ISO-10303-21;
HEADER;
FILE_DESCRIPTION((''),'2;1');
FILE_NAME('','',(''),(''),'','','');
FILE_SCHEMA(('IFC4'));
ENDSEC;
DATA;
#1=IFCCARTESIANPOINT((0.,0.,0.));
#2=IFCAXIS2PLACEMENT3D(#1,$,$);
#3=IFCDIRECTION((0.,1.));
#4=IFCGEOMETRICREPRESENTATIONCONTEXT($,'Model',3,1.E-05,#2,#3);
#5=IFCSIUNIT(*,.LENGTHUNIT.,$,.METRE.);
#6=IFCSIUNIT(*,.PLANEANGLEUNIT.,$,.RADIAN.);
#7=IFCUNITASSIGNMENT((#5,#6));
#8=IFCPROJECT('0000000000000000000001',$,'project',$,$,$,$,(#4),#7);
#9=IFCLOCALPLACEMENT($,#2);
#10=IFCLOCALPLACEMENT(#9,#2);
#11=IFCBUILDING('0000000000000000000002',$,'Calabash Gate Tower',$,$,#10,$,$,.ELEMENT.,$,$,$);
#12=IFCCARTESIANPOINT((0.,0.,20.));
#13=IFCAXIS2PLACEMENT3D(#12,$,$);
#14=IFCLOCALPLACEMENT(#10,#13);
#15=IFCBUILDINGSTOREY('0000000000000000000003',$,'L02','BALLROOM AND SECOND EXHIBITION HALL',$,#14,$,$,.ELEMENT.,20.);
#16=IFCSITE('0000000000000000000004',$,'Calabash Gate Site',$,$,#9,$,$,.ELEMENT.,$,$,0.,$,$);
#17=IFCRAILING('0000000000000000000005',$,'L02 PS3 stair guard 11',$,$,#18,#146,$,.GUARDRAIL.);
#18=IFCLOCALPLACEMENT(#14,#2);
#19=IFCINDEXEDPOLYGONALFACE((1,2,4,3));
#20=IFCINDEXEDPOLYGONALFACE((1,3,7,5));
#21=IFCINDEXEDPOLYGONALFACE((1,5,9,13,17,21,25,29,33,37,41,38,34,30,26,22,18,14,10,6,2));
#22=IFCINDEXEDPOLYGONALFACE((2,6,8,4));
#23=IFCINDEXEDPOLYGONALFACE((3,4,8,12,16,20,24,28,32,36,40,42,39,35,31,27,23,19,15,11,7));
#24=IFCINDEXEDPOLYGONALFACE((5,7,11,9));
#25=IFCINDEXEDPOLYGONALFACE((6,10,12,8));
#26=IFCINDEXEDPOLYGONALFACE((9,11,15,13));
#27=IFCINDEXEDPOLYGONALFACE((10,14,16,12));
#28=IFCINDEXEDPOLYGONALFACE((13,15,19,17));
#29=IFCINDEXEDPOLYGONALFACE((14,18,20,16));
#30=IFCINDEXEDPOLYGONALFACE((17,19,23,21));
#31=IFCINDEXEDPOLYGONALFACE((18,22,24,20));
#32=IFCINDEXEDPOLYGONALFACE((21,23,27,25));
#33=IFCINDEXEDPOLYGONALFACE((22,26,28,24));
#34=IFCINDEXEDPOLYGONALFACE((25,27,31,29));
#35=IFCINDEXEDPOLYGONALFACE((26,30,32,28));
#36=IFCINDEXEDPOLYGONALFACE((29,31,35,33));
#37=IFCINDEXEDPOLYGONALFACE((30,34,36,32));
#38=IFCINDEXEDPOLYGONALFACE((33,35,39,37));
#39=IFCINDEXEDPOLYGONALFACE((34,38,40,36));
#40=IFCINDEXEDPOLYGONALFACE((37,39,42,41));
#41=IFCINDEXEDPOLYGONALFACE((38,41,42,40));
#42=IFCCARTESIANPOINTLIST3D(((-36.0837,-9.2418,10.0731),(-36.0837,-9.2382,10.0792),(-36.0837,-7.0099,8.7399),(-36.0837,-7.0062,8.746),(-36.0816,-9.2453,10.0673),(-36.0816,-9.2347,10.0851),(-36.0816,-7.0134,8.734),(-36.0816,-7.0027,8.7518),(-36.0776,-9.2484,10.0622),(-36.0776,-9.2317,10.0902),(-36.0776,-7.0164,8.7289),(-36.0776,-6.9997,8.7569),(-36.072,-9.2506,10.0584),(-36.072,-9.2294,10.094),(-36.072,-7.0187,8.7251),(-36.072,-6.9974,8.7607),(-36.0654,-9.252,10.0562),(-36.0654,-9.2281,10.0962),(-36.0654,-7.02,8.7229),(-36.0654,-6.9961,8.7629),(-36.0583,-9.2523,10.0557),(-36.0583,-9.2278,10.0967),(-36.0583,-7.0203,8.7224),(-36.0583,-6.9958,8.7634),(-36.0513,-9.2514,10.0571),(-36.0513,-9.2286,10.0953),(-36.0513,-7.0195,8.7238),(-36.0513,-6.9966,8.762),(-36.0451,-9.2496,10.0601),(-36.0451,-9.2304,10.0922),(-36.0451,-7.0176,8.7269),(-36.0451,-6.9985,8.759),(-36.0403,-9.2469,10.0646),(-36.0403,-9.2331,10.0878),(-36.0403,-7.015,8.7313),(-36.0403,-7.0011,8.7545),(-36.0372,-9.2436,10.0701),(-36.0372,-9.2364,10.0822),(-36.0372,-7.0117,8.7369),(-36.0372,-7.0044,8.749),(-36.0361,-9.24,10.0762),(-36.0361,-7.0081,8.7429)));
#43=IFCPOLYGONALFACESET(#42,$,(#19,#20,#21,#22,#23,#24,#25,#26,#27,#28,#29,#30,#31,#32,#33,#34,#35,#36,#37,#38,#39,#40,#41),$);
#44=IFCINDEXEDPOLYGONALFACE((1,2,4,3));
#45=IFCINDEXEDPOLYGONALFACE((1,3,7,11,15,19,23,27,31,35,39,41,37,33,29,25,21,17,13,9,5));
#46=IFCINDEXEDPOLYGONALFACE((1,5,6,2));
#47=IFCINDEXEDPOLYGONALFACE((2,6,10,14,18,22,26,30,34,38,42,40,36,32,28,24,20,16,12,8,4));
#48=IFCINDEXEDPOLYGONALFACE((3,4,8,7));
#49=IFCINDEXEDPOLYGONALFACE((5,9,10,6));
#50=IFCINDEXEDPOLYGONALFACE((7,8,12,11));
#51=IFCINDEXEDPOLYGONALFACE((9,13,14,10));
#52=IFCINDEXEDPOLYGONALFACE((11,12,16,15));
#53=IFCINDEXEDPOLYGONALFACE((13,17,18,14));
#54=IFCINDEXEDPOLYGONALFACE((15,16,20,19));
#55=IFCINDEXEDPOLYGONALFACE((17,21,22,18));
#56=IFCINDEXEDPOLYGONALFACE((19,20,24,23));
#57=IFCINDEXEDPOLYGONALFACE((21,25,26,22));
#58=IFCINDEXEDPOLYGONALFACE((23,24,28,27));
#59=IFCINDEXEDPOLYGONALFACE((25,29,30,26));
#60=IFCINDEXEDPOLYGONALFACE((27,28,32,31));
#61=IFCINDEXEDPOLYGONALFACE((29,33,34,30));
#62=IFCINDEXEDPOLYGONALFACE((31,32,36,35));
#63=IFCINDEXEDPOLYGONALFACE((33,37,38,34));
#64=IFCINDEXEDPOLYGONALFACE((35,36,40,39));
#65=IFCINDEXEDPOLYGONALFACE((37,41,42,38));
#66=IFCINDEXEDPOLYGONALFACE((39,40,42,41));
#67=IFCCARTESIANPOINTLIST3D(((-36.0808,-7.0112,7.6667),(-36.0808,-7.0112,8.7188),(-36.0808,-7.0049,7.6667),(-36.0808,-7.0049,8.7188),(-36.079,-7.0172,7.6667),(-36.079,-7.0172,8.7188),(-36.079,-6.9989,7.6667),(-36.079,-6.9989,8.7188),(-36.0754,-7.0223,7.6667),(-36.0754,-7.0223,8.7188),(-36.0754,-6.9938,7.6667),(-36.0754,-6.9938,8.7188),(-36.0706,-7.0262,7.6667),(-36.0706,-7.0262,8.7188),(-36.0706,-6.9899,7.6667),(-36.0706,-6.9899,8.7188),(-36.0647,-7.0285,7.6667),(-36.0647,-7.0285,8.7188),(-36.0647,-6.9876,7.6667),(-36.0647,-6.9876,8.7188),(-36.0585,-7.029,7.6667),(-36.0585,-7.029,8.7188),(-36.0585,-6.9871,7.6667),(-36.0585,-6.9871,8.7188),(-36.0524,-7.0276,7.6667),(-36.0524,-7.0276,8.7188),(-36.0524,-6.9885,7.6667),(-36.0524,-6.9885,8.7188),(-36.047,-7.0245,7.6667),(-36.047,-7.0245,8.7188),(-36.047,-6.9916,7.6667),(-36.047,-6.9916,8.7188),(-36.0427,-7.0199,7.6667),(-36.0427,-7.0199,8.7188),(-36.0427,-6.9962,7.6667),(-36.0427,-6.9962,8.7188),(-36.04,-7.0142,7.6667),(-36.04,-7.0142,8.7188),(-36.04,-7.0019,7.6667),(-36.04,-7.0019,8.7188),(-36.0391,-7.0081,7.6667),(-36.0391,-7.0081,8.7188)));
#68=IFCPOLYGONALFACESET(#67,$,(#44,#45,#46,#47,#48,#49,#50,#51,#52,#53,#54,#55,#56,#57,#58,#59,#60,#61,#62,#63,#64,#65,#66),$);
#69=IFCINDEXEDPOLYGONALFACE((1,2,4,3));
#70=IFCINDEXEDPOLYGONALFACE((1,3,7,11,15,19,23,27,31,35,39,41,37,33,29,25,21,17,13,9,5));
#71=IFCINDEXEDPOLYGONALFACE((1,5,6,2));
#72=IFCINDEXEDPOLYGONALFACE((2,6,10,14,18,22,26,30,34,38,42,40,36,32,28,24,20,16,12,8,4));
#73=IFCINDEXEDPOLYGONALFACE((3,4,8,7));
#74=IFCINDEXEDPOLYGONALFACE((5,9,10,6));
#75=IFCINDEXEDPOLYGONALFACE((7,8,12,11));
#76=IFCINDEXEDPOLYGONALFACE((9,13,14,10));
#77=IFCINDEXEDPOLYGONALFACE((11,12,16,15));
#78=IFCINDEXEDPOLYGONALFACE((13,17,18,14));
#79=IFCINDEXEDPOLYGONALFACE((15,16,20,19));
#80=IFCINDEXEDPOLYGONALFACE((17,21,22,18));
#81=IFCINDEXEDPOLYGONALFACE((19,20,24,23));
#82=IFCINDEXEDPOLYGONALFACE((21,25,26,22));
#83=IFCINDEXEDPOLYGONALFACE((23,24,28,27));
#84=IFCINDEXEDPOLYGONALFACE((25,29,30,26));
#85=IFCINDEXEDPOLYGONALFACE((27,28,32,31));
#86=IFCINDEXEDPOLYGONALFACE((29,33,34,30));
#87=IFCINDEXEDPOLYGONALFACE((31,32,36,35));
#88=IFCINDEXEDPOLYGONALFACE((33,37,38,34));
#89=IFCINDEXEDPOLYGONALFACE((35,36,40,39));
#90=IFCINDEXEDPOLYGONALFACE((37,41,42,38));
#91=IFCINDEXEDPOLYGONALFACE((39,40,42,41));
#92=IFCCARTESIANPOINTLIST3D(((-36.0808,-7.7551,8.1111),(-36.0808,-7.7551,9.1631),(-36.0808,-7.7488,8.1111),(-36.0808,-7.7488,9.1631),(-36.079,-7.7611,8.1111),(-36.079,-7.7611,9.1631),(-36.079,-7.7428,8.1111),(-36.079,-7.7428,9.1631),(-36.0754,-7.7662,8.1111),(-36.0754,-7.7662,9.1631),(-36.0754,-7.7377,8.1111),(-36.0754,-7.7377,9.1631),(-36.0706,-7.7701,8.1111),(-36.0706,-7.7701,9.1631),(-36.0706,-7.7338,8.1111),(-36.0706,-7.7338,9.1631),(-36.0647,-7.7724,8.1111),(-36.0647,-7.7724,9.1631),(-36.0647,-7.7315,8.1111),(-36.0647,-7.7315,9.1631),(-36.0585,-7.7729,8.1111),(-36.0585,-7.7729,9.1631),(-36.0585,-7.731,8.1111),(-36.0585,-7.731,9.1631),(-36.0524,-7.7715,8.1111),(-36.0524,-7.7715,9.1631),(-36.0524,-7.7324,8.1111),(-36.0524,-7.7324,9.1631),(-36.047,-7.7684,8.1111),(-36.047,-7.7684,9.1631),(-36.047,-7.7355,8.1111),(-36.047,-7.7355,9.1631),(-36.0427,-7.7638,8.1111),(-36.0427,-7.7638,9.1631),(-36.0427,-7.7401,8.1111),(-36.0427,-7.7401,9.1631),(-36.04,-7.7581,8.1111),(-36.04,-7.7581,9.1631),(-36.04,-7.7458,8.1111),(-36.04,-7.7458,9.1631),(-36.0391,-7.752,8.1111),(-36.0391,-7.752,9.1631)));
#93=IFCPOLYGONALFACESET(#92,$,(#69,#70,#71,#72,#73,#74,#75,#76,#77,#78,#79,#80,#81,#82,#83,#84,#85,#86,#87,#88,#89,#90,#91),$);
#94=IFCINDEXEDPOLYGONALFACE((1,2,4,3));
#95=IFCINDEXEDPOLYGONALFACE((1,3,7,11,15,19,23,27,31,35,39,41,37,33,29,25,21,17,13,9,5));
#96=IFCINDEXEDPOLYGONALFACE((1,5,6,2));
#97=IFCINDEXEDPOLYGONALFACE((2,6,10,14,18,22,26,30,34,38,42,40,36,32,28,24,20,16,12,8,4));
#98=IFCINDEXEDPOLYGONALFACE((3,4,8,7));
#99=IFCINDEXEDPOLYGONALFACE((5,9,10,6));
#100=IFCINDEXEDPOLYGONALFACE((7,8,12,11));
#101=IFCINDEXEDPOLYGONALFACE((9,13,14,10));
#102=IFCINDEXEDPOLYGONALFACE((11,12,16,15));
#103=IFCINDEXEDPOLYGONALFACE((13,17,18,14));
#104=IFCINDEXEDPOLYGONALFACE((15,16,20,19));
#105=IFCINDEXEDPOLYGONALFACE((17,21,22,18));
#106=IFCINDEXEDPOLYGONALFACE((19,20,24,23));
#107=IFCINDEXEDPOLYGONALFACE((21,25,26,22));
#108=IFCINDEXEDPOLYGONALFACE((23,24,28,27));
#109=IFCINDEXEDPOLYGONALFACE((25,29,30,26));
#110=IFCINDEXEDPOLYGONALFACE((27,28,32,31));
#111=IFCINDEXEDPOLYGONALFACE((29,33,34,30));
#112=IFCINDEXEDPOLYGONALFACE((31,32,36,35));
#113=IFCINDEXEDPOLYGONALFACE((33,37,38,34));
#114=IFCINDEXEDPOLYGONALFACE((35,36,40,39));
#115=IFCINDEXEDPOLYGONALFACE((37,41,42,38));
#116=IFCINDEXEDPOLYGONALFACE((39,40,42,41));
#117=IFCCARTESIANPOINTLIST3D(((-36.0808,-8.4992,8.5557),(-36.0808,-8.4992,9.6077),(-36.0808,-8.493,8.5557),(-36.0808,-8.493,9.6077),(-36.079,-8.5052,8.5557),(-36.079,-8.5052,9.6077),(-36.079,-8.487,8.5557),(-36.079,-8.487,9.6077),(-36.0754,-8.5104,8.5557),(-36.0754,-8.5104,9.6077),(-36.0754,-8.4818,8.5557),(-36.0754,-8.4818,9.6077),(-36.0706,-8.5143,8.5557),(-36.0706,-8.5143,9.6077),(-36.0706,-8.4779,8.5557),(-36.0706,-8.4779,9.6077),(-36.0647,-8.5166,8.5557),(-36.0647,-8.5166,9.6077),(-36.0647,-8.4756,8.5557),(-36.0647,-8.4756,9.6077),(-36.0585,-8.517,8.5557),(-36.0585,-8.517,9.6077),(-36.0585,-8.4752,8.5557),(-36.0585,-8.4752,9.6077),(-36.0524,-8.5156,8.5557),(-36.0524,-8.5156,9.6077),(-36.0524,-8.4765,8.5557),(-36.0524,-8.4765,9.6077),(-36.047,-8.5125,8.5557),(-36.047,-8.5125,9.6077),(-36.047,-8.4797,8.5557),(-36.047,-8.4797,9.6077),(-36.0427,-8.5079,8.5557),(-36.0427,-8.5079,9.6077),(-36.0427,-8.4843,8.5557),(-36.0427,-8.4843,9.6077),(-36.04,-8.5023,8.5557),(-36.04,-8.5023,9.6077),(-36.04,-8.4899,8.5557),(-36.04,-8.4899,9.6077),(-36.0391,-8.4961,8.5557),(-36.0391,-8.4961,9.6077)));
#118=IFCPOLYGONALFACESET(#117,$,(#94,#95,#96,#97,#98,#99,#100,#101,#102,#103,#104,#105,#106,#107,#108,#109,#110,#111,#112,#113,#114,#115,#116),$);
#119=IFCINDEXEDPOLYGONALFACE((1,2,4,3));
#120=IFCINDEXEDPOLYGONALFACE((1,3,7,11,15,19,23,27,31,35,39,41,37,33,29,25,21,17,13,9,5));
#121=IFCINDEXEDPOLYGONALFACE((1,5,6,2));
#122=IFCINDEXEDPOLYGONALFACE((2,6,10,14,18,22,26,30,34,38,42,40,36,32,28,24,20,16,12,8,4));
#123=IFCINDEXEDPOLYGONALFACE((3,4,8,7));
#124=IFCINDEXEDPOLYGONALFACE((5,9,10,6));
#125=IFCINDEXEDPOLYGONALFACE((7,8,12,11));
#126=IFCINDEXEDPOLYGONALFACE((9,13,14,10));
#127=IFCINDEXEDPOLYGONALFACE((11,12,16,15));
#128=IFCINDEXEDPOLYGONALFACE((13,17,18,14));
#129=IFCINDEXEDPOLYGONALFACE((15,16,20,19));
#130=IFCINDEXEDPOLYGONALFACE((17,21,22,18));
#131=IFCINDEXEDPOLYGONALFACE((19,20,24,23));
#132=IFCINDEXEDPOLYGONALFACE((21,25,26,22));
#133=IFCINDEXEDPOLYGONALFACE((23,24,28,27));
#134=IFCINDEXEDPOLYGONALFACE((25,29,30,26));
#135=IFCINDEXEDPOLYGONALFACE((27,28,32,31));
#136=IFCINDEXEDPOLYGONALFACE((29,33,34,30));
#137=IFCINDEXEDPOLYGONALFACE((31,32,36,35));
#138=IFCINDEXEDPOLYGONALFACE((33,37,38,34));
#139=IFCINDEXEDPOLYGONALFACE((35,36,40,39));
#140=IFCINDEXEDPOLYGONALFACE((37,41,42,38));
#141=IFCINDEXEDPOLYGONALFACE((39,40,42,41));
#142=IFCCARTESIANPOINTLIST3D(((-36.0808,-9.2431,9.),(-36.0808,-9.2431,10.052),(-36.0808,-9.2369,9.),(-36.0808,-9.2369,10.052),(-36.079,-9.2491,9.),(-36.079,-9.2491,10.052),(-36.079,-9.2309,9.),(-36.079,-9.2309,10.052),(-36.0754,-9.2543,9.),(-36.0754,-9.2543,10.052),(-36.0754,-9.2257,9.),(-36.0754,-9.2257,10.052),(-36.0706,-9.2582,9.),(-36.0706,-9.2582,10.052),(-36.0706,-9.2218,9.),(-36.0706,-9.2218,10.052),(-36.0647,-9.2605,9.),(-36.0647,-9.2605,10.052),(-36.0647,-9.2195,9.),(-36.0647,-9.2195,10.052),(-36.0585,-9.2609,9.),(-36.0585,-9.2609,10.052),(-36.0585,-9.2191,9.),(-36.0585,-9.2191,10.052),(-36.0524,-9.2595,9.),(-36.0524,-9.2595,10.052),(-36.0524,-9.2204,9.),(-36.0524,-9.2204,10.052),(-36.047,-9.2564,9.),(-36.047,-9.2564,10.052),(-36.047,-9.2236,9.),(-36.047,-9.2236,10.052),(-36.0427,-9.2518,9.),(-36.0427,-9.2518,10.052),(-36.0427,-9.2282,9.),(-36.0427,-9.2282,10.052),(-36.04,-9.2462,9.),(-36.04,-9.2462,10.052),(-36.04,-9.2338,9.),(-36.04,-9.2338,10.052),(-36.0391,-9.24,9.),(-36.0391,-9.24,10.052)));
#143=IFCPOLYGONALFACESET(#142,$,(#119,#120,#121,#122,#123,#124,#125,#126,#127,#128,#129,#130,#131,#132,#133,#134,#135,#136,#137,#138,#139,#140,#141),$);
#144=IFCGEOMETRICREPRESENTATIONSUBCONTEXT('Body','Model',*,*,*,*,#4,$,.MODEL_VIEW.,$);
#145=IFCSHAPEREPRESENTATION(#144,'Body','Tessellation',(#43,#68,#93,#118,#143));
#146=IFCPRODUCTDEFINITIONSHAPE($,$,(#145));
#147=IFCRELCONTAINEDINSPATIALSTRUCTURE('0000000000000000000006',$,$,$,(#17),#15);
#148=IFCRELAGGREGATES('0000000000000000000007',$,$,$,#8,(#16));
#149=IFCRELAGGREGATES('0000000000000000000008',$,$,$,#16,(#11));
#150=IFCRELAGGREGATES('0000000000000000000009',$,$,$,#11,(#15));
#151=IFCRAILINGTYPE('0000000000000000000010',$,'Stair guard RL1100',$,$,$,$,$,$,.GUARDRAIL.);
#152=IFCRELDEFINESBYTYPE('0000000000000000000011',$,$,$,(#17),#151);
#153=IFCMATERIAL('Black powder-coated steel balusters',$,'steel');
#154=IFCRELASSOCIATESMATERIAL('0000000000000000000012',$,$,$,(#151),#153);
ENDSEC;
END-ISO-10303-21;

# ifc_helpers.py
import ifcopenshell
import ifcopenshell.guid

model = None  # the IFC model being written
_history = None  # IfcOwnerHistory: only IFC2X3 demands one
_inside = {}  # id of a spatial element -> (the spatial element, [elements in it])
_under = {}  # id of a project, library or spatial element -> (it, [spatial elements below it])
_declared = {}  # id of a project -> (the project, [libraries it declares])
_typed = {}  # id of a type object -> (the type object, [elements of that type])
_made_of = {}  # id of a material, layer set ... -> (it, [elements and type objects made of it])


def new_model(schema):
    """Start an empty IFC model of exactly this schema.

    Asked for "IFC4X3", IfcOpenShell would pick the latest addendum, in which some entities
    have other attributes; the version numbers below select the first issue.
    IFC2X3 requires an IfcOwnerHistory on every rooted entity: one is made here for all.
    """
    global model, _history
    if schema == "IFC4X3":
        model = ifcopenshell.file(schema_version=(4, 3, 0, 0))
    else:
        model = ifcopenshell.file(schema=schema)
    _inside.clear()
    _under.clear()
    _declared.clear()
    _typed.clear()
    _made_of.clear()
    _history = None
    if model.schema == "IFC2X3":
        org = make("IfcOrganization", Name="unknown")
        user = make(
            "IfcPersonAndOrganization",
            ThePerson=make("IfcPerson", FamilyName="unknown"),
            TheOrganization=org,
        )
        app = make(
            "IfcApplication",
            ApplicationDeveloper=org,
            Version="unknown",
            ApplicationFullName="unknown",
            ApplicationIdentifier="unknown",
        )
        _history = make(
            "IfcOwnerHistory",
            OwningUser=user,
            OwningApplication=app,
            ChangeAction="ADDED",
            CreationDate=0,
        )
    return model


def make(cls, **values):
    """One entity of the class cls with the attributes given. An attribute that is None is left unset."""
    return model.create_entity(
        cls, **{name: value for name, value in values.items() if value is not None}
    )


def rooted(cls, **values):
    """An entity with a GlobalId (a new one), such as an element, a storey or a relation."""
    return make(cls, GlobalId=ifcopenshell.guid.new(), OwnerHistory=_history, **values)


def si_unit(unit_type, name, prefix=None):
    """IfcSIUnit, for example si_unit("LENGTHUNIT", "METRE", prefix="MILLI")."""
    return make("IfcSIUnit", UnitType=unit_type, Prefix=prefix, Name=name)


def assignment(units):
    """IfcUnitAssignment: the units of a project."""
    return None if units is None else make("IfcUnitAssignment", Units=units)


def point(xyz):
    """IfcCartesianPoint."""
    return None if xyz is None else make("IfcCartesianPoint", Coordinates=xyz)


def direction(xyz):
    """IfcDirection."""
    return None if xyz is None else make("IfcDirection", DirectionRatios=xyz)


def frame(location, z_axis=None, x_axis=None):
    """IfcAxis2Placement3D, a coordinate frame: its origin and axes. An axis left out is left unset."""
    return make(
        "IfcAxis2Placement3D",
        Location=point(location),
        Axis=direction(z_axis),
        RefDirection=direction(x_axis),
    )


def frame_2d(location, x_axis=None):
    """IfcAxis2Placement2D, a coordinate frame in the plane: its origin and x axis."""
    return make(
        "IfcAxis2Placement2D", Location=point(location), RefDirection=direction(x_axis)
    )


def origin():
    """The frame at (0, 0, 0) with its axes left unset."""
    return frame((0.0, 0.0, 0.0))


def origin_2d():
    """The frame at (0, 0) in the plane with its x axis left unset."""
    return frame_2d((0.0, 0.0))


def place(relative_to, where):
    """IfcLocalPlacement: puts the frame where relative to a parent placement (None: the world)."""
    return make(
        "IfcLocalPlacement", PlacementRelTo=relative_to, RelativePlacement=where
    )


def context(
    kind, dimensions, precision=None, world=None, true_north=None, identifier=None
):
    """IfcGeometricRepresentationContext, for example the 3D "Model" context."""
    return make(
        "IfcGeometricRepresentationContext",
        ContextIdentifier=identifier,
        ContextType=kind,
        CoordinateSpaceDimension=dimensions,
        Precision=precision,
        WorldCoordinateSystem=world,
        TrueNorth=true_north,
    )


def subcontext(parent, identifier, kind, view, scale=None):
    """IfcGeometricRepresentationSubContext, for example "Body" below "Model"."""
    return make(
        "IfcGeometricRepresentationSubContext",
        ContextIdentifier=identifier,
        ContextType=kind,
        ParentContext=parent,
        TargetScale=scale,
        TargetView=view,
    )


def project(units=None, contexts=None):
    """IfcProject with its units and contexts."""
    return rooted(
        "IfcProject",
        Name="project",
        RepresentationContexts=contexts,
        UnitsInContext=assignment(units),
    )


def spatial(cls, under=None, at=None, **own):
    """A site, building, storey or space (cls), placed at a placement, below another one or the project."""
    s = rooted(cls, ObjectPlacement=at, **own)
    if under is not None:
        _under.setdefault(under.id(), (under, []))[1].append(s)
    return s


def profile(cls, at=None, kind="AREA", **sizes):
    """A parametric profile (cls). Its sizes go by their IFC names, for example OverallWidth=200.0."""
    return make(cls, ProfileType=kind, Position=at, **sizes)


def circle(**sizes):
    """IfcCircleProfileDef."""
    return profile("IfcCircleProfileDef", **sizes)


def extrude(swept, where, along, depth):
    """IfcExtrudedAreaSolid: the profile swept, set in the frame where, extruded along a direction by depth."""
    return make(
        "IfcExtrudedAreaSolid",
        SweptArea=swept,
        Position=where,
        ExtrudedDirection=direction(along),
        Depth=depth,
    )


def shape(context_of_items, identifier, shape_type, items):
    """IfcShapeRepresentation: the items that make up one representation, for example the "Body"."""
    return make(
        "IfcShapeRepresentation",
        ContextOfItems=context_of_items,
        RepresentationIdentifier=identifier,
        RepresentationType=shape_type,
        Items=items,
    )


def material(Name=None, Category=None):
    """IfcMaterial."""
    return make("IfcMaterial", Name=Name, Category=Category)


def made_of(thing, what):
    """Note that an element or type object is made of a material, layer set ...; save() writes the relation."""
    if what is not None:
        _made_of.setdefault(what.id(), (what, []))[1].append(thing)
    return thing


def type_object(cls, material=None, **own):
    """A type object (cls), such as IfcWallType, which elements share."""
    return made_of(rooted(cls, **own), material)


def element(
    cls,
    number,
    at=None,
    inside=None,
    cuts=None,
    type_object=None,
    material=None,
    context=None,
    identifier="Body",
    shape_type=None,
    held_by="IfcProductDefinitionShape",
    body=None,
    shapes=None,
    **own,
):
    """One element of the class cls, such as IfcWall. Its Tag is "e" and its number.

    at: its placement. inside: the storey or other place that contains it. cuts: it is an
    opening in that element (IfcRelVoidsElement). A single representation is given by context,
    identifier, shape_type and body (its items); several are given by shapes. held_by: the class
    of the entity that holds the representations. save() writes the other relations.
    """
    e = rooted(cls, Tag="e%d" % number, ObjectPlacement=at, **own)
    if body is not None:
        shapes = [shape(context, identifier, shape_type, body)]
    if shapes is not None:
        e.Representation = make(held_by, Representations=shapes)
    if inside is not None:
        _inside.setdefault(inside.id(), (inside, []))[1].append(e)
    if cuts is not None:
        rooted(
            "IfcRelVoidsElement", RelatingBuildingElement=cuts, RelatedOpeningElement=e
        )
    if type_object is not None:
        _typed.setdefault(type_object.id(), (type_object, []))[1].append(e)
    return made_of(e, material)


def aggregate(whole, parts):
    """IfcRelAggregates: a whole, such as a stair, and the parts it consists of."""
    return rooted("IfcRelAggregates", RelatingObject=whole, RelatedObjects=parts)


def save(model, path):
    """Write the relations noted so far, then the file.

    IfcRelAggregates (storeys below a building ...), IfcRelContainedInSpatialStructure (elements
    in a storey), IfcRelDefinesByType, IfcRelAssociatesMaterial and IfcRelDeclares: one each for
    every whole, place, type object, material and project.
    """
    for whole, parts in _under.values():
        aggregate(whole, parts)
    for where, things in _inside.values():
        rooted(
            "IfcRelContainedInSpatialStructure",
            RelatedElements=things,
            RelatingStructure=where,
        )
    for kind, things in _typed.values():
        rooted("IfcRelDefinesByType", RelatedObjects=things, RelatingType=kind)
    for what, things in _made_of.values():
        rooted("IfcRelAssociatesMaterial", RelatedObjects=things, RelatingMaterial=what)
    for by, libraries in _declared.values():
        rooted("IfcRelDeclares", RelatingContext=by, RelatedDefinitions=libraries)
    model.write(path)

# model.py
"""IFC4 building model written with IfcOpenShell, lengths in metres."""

from ifc_helpers import new_model, si_unit, direction, frame, origin, origin_2d, place, context, subcontext, project, spatial, circle, extrude, material, type_object, element, save


model = new_model("IFC4")

# Units and contexts
model_context = context("Model", 3, precision=1e-05, world=origin(), true_north=direction((0.0, 1.0)))
body_context = subcontext(model_context, "Body", "Model", "MODEL_VIEW")
ifc_project = project(units=[si_unit("LENGTHUNIT", "METRE"), si_unit("PLANEANGLEUNIT", "RADIAN")], contexts=[model_context])

# Site, building, storey
site_placement = place(None, origin())
site = spatial("IfcSite", under=ifc_project, at=site_placement, Name="Calabash Gate Site", CompositionType="ELEMENT", RefElevation=0.0)
building_placement = place(site_placement, origin())
building = spatial("IfcBuilding", under=site, at=building_placement, Name="Calabash Gate Tower", CompositionType="ELEMENT")
storey_placement = place(building_placement, frame((0.0, 0.0, 20.0)))
storey = spatial("IfcBuildingStorey", under=building, at=storey_placement, Name="L02", Description="BALLROOM AND SECOND EXHIBITION HALL", CompositionType="ELEMENT", Elevation=20.0)

# Railing
ifc_material_1 = material(Name="Black powder-coated steel balusters", Category="steel")
railing_type_1 = type_object("IfcRailingType", Name="Stair guard RL1100", PredefinedType="GUARDRAIL", material=ifc_material_1)
railing_1_placement = place(storey_placement, frame((-36.0601, -7.0081, 7.6667)))
element("IfcRailing", 1, at=railing_1_placement, inside=storey, type_object=railing_type_1, Name="L02 PS3 stair guard 11", PredefinedType="GUARDRAIL", context=body_context, shape_type="SweptSolid", body=[
    extrude(circle(Radius=0.0239, at=origin_2d()), frame((0.0, 0.0, 1.0762), z_axis=(0.0, -0.858494, 0.512824), x_axis=(1.0, 0.0, 0.0)), (0.0, 0.0, 1.0), 2.5999),
    extrude(circle(Radius=0.021, at=origin_2d()), origin(), (0.0, 0.0, 1.0), 1.052),
    extrude(circle(Radius=0.021, at=origin_2d()), frame((0.0, -0.7439, 0.4443)), (0.0, 0.0, 1.0), 1.052),
    extrude(circle(Radius=0.021, at=origin_2d()), frame((0.0, -1.488, 0.8889)), (0.0, 0.0, 1.0), 1.052),
    extrude(circle(Radius=0.021, at=origin_2d()), frame((0.0, -2.2319, 1.3333)), (0.0, 0.0, 1.0), 1.052),
])

save(model, "model.ifc")
